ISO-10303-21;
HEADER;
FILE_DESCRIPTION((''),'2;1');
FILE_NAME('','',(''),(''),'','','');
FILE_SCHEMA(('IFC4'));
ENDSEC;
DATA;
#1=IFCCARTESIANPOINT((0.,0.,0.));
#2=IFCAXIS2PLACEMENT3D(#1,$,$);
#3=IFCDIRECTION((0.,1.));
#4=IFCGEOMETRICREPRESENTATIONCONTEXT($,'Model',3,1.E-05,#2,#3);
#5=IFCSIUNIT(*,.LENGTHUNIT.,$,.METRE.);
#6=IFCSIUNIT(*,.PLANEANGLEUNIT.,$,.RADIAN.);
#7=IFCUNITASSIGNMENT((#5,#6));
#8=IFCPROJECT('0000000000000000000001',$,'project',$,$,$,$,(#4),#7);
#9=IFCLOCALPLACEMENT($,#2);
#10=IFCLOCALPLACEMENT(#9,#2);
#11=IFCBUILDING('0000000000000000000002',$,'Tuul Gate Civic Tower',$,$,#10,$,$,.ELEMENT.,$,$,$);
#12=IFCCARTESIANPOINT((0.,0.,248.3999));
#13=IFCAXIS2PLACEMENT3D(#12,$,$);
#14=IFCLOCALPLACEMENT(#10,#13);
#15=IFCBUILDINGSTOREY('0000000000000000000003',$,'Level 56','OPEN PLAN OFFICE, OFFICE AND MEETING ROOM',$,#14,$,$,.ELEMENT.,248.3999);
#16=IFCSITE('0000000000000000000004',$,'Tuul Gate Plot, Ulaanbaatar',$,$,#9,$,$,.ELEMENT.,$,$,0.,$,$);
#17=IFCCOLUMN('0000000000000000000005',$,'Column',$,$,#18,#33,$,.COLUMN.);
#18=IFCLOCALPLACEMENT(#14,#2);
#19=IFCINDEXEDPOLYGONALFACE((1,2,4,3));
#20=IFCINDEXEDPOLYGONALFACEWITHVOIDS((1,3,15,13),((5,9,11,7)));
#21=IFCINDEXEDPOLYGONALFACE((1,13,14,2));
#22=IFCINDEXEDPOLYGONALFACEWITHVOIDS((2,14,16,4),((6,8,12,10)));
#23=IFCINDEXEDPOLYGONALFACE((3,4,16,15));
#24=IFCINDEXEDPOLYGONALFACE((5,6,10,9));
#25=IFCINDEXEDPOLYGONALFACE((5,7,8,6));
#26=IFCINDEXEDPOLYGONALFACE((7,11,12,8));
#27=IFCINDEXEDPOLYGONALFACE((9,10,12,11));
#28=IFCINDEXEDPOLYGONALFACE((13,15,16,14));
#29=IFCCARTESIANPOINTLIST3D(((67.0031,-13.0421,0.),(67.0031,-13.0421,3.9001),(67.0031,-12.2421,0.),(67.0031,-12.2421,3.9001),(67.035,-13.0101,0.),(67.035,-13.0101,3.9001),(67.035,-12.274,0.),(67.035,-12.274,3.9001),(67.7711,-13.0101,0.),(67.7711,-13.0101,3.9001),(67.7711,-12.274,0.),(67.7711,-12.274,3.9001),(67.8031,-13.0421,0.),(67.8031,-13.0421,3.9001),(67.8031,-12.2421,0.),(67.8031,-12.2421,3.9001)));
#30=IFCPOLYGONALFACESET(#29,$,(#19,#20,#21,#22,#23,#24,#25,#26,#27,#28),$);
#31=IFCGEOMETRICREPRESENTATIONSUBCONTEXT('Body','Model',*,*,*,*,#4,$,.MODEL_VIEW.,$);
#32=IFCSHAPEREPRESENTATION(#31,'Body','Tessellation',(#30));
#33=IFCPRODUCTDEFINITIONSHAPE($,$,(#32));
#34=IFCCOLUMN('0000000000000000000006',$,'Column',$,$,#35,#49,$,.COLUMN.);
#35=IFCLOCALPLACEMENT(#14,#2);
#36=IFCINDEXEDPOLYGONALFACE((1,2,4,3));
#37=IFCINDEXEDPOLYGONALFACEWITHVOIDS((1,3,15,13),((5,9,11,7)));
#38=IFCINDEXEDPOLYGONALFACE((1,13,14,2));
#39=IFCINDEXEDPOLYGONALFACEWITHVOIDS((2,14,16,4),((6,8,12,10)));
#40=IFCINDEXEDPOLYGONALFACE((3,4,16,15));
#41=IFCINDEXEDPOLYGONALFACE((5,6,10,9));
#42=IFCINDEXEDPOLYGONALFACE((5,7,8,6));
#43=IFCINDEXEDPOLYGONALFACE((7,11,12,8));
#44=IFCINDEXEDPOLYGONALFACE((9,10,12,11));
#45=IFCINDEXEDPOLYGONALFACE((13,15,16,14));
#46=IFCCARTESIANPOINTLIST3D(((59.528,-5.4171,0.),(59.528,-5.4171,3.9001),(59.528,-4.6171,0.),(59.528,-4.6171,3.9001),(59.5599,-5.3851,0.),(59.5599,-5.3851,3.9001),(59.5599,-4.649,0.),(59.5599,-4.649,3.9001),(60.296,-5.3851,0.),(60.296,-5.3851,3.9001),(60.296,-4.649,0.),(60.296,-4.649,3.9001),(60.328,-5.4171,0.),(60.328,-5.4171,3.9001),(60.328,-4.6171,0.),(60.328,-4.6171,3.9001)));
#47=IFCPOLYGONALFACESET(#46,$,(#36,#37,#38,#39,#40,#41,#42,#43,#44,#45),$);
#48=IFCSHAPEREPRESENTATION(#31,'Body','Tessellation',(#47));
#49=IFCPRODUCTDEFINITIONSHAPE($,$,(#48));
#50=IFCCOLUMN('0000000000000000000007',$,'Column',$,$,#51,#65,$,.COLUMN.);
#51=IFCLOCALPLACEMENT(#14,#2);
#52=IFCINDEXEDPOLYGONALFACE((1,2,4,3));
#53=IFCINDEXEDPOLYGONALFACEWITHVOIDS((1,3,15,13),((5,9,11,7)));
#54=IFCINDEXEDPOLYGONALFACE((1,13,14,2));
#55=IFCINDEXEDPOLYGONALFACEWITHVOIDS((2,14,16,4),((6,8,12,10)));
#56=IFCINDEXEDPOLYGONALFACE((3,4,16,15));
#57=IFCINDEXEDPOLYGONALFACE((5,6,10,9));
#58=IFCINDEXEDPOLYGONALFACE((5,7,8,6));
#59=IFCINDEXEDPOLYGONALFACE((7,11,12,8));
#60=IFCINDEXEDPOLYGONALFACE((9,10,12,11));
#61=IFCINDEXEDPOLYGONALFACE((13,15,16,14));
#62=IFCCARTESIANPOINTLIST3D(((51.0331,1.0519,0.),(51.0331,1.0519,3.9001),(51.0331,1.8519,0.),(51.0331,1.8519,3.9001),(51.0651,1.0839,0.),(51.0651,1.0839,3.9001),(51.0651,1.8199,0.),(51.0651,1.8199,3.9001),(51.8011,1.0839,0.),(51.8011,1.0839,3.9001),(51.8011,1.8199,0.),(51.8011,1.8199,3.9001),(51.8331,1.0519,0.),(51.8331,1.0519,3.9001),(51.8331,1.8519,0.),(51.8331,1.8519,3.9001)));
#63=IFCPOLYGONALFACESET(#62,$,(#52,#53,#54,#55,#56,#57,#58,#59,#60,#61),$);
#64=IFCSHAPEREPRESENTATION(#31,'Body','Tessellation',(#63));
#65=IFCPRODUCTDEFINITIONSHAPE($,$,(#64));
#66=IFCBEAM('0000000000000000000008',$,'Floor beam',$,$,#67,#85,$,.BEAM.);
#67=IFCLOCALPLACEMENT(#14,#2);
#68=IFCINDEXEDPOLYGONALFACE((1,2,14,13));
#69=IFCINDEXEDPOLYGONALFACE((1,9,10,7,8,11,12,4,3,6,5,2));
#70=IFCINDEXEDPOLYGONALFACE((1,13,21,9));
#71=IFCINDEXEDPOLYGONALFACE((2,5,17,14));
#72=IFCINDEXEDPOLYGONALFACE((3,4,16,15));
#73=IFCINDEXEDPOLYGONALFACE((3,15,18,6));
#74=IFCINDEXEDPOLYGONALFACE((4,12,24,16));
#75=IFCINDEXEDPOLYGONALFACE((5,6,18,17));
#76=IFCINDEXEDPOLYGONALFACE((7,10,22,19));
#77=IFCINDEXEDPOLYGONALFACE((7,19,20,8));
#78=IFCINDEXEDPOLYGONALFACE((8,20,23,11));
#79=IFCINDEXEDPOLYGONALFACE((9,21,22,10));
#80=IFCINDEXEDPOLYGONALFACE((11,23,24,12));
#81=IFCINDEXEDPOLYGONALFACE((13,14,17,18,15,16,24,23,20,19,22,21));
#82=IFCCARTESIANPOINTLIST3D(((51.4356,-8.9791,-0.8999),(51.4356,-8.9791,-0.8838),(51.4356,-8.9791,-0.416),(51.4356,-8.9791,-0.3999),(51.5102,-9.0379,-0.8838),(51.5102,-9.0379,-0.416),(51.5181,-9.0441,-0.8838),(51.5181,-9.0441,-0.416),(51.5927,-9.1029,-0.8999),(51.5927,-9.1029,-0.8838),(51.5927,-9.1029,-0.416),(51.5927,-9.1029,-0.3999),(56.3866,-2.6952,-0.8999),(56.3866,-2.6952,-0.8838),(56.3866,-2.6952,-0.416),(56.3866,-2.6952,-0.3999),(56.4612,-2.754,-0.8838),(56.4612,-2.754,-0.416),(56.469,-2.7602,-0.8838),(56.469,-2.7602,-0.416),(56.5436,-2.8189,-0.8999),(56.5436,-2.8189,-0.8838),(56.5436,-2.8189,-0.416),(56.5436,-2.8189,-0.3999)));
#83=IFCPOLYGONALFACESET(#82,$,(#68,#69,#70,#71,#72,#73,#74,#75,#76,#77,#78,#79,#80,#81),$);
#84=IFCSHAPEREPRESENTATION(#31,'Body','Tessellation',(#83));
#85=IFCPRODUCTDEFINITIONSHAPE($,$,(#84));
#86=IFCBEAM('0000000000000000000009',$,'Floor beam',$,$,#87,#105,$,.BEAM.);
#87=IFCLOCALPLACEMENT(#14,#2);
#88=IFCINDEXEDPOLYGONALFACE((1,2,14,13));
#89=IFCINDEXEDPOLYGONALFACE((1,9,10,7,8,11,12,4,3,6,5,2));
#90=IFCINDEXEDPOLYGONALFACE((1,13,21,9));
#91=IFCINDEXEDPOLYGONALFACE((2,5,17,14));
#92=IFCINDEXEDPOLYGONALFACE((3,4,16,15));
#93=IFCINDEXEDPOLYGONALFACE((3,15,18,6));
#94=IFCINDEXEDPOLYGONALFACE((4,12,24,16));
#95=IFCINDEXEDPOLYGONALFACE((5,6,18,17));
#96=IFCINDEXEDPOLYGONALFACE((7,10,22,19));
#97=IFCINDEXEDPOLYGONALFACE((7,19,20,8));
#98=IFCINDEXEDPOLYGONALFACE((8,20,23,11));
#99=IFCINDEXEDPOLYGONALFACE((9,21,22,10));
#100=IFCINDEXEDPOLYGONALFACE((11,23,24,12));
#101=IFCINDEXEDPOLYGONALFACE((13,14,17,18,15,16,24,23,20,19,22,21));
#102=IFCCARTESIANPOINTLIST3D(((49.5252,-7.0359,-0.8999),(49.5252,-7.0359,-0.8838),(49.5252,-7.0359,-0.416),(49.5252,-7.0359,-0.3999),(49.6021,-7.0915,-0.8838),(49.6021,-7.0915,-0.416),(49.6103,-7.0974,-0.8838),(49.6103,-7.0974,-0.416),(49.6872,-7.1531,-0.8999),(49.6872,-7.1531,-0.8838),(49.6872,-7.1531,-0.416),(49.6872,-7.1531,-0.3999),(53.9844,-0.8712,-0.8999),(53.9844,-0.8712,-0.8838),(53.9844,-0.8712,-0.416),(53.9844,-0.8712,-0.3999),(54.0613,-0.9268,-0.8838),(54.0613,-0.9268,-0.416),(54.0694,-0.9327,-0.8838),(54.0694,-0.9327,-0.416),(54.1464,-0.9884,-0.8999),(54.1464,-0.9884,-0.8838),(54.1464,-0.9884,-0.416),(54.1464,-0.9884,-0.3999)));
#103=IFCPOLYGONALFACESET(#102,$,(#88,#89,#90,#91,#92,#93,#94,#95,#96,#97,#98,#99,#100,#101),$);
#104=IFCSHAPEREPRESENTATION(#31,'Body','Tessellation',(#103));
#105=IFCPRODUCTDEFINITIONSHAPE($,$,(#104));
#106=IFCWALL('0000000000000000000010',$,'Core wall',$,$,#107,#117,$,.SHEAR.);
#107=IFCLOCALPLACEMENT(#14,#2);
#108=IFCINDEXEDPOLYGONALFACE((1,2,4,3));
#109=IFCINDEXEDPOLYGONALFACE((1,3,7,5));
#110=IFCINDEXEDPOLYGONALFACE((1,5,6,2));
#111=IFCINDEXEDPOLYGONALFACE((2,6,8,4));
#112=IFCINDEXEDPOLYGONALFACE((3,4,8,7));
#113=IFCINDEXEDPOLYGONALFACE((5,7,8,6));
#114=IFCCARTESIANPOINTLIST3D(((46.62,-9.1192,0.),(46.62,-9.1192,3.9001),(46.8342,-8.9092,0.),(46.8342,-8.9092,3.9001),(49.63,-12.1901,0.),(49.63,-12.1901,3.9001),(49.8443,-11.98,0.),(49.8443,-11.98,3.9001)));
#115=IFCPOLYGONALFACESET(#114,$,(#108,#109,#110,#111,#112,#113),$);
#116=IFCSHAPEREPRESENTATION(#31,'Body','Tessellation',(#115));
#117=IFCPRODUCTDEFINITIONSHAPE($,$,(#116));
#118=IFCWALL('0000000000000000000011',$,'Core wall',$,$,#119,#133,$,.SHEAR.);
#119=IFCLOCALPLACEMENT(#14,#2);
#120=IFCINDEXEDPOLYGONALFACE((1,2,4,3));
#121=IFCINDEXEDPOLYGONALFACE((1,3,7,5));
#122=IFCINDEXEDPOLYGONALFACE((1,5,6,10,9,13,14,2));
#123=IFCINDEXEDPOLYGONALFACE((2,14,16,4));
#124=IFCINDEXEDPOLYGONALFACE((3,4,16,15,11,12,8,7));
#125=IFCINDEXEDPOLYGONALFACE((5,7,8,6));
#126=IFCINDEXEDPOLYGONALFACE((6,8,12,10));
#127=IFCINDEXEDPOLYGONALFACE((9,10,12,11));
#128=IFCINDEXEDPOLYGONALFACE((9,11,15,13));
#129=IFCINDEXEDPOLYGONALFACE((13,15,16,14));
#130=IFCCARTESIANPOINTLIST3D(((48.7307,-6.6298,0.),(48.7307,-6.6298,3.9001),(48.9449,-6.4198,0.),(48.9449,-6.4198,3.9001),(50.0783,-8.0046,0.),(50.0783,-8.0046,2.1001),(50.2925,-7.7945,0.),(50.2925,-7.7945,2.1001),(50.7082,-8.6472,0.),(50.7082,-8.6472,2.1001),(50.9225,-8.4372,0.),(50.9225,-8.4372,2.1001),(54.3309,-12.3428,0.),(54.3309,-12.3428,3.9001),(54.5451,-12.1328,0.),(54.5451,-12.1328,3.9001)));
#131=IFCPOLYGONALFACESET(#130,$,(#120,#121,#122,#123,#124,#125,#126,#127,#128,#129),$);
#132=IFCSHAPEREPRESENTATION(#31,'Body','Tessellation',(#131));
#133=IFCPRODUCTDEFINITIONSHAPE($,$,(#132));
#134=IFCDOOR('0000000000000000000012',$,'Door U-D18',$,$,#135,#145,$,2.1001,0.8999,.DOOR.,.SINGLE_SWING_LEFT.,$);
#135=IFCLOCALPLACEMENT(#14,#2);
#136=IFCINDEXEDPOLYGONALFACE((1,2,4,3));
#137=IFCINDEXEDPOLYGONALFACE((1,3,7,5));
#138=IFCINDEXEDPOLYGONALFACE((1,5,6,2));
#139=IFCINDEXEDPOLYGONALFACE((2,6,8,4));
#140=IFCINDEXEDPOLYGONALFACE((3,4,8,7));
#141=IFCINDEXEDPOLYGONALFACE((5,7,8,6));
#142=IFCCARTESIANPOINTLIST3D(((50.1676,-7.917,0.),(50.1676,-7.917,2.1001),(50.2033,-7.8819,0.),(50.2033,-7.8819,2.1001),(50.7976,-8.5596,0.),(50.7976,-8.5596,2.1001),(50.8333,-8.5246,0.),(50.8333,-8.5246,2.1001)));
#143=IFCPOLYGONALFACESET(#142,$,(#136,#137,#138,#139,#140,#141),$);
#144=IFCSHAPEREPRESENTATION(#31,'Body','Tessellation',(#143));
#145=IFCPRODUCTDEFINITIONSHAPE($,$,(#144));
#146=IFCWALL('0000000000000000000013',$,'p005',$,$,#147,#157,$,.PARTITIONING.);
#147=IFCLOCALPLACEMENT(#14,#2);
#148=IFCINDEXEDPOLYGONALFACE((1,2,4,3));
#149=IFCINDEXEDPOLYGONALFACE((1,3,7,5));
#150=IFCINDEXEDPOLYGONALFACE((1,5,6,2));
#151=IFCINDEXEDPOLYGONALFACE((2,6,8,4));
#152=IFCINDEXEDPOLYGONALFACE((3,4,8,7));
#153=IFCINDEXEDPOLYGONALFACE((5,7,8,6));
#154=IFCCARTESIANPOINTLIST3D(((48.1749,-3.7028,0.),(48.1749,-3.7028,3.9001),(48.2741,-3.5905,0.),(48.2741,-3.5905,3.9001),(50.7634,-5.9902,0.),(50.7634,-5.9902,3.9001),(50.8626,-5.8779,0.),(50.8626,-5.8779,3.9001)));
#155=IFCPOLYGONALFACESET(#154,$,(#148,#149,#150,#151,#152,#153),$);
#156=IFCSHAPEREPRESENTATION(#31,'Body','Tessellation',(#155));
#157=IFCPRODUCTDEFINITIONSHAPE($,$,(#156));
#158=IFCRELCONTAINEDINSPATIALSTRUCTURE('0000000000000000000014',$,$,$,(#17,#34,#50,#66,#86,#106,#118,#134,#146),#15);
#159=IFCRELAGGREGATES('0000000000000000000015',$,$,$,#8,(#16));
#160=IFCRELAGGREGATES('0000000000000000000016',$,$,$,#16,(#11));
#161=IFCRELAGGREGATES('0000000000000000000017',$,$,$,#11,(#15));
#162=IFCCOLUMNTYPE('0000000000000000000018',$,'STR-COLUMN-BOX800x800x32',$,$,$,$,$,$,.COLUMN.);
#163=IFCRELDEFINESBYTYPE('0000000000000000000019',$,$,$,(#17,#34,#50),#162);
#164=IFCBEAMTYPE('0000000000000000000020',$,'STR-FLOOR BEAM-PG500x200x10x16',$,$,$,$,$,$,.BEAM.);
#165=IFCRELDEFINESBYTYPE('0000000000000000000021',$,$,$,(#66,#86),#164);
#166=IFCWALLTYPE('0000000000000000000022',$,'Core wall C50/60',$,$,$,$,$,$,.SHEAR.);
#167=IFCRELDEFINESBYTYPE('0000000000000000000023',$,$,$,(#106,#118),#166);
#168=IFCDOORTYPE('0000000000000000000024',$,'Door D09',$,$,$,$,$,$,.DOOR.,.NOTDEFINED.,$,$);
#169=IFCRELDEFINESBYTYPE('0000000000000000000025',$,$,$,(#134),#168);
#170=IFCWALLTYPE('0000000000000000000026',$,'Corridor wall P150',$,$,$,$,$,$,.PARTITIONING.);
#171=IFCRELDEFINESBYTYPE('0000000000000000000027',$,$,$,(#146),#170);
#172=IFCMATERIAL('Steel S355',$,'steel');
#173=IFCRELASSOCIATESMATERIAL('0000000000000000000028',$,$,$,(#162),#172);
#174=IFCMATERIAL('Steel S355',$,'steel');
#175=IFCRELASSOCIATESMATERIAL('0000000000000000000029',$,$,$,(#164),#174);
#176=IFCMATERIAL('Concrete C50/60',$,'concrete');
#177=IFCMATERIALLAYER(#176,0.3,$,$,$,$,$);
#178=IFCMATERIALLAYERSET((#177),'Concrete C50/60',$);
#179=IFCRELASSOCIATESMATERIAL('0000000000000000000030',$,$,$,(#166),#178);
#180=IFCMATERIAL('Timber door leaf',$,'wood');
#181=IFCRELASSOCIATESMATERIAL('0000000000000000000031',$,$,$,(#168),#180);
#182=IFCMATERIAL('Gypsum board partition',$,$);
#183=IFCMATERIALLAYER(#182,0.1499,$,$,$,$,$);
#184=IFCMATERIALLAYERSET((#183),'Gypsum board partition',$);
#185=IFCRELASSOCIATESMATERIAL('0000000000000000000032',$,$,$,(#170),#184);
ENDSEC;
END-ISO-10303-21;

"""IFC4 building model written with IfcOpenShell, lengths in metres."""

from ifc_helpers import new_model, si_unit, direction, frame, frame_2d, origin, origin_2d, place, context, subcontext, project, spatial, rectangle, hollow_rectangle, i_section, extrude, material, layer, layer_set, material_profile, profile_set, type_object, element, fill, save


model = new_model("IFC4")

# Units and contexts
model_context = context("Model", 3, precision=1e-05, world=origin(), true_north=direction((0.0, 1.0)))
body_context = subcontext(model_context, "Body", "Model", "MODEL_VIEW")
ifc_project = project(units=[si_unit("LENGTHUNIT", "METRE"), si_unit("PLANEANGLEUNIT", "RADIAN")], contexts=[model_context])

# Site, building, storey
site_placement = place(None, origin())
site = spatial("IfcSite", under=ifc_project, at=site_placement, Name="Tuul Gate Plot, Ulaanbaatar", CompositionType="ELEMENT", RefElevation=0.0)
building_placement = place(site_placement, origin())
building = spatial("IfcBuilding", under=site, at=building_placement, Name="Tuul Gate Civic Tower", CompositionType="ELEMENT")
storey_placement = place(building_placement, frame((0.0, 0.0, 248.3999)))
storey = spatial("IfcBuildingStorey", under=building, at=storey_placement, Name="Level 56", Description="OPEN PLAN OFFICE, OFFICE AND MEETING ROOM", CompositionType="ELEMENT", Elevation=248.3999)

# Columns
ifc_material_1 = material(Name="Steel S355", Category="steel")
ifc_material_profile_1 = material_profile(ifc_material_1, hollow_rectangle(XDim=0.8, YDim=0.8, WallThickness=0.032, at=origin_2d()), Name="BOX800x800x32")
ifc_profile_set_1 = profile_set([ifc_material_profile_1], Name="Steel S355")
column_type = type_object("IfcColumnType", Name="STR-COLUMN-BOX800x800x32", PredefinedType="COLUMN", material=ifc_profile_set_1)
for number, where, z_axis, x_axis, name in (
    (1, (67.4031, -12.6421, 0.0), (0.0, 0.0, 1.0), (1.0, 0.0, 0.0), "Column"),
    (2, (59.928, -5.0171, 0.0), (0.0, 0.0, 1.0), (1.0, 0.0, 0.0), "Column"),
    (3, (51.4331, 1.4519, 0.0), (0.0, 0.0, 1.0), (1.0, 0.0, 0.0), "Column"),
):
    element("IfcColumn", number, at=place(storey_placement, frame(where, z_axis=z_axis, x_axis=x_axis)), inside=storey, type_object=column_type, Name=name, PredefinedType="COLUMN", context=body_context, shape_type="SweptSolid", body=[
        extrude(hollow_rectangle(XDim=0.8, YDim=0.8, WallThickness=0.032, at=origin_2d()), origin(), (0.0, 0.0, 1.0), 3.9001),
    ])

# Beams
ifc_material_2 = material(Name="Steel S355", Category="steel")
ifc_material_profile_2 = material_profile(ifc_material_2, i_section(OverallWidth=0.2, OverallDepth=0.5, WebThickness=0.01, FlangeThickness=0.0161, at=origin_2d()), Name="PG500x200x10x16")
ifc_profile_set_2 = profile_set([ifc_material_profile_2], Name="Steel S355")
beam_type = type_object("IfcBeamType", Name="STR-FLOOR BEAM-PG500x200x10x16", PredefinedType="BEAM", material=ifc_profile_set_2)
beam_1_placement = place(storey_placement, frame((51.5142, -9.041, -0.6499), z_axis=(0.618868, 0.785495, 0.0), x_axis=(-0.785495, 0.618868, 0.0)))
element("IfcBeam", 4, at=beam_1_placement, inside=storey, type_object=beam_type, Name="Floor beam", PredefinedType="BEAM", context=body_context, shape_type="SweptSolid", body=[
    extrude(i_section(OverallWidth=0.2, OverallDepth=0.5, WebThickness=0.01, FlangeThickness=0.0161, at=origin_2d()), origin(), (0.0, 0.0, 1.0), 8.0),
])
beam_2_placement = place(storey_placement, frame((49.6062, -7.0945, -0.6499), z_axis=(0.586084, 0.81025, 0.0), x_axis=(-0.81025, 0.586084, 0.0)))
element("IfcBeam", 5, at=beam_2_placement, inside=storey, type_object=beam_type, Name="Floor beam", PredefinedType="BEAM", context=body_context, shape_type="SweptSolid", body=[
    extrude(i_section(OverallWidth=0.2, OverallDepth=0.5, WebThickness=0.01, FlangeThickness=0.0161, at=origin_2d()), origin(), (0.0, 0.0, 1.0), 7.6084),
])

# Wall
ifc_material_3 = material(Name="Concrete C50/60", Category="concrete")
ifc_layer_1 = layer(ifc_material_3, 0.3)
ifc_layer_set_1 = layer_set([ifc_layer_1], Name="Concrete C50/60")
wall_type_1 = type_object("IfcWallType", Name="Core wall C50/60", PredefinedType="SHEAR", material=ifc_layer_set_1)
wall_1_placement = place(storey_placement, frame((49.7371, -12.085, 0.0), z_axis=(0.0, 0.0, 1.0), x_axis=(-0.700003, 0.71414, 0.0)))
element("IfcWall", 6, at=wall_1_placement, inside=storey, type_object=wall_type_1, Name="Core wall", PredefinedType="SHEAR", context=body_context, shape_type="SweptSolid", body=[
    extrude(rectangle(XDim=4.3, YDim=0.3, at=frame_2d((2.1499, 0.0))), origin(), (0.0, 0.0, 1.0), 3.9001),
])

# Wall, opening, door
wall_2_placement = place(storey_placement, frame((54.438, -12.2378, 0.0), z_axis=(0.0, 0.0, 1.0), x_axis=(-0.700022, 0.714121, 0.0)))
wall_2 = element("IfcWall", 7, at=wall_2_placement, inside=storey, type_object=wall_type_1, Name="Core wall", PredefinedType="SHEAR", context=body_context, shape_type="SweptSolid", body=[
    extrude(rectangle(XDim=8.0, YDim=0.3, at=frame_2d((4.0, 0.0))), origin(), (0.0, 0.0, 1.0), 3.9001),
])
opening_1_placement = place(wall_2_placement, frame((5.175, 0.0, 0.0)))
opening_1 = element("IfcOpeningElement", 8, at=opening_1_placement, cuts=wall_2, PredefinedType="OPENING", context=body_context, shape_type="SweptSolid", body=[
    extrude(rectangle(XDim=0.8999, YDim=2.1001, at=frame_2d((0.45, 1.05))), frame((0.0, 0.1602, 0.0), z_axis=(0.0, -1.0, 0.0), x_axis=(1.0, 0.0, 0.0)), (0.0, 0.0, 1.0), 0.3201),
])
ifc_material_4 = material(Name="Timber door leaf", Category="wood")
door_type_1 = type_object("IfcDoorType", Name="Door D09", OperationType="NOTDEFINED", PredefinedType="DOOR", material=ifc_material_4)
door_1_placement = place(opening_1_placement, origin())
door_1 = element("IfcDoor", 9, at=door_1_placement, inside=storey, type_object=door_type_1, Name="Door U-D18", OperationType="SINGLE_SWING_LEFT", OverallHeight=2.1001, OverallWidth=0.8999, PredefinedType="DOOR", context=body_context, shape_type="SweptSolid", body=[
    extrude(rectangle(XDim=0.8999, YDim=2.1001, at=frame_2d((0.45, 1.05))), frame((0.0, 0.0249, 0.0), z_axis=(0.0, -1.0, 0.0), x_axis=(1.0, 0.0, 0.0)), (0.0, 0.0, 1.0), 0.05),
])
fill(opening_1, door_1)

# Wall
ifc_material_5 = material(Name="Gypsum board partition")
ifc_layer_2 = layer(ifc_material_5, 0.1499)
ifc_layer_set_2 = layer_set([ifc_layer_2], Name="Gypsum board partition")
wall_type_2 = type_object("IfcWallType", Name="Corridor wall P150", PredefinedType="PARTITIONING", material=ifc_layer_set_2)
wall_3_placement = place(storey_placement, frame((48.2246, -3.6467, 0.0), z_axis=(0.0, 0.0, 1.0), x_axis=(0.749336, -0.662189, 0.0)))
element("IfcWall", 10, at=wall_3_placement, inside=storey, type_object=wall_type_2, Name="p005", PredefinedType="PARTITIONING", context=body_context, shape_type="SweptSolid", body=[
    extrude(rectangle(XDim=3.4543, YDim=0.1499, at=frame_2d((1.7271, 0.0))), origin(), (0.0, 0.0, 1.0), 3.9001),
])

save(model, "model.ifc")
